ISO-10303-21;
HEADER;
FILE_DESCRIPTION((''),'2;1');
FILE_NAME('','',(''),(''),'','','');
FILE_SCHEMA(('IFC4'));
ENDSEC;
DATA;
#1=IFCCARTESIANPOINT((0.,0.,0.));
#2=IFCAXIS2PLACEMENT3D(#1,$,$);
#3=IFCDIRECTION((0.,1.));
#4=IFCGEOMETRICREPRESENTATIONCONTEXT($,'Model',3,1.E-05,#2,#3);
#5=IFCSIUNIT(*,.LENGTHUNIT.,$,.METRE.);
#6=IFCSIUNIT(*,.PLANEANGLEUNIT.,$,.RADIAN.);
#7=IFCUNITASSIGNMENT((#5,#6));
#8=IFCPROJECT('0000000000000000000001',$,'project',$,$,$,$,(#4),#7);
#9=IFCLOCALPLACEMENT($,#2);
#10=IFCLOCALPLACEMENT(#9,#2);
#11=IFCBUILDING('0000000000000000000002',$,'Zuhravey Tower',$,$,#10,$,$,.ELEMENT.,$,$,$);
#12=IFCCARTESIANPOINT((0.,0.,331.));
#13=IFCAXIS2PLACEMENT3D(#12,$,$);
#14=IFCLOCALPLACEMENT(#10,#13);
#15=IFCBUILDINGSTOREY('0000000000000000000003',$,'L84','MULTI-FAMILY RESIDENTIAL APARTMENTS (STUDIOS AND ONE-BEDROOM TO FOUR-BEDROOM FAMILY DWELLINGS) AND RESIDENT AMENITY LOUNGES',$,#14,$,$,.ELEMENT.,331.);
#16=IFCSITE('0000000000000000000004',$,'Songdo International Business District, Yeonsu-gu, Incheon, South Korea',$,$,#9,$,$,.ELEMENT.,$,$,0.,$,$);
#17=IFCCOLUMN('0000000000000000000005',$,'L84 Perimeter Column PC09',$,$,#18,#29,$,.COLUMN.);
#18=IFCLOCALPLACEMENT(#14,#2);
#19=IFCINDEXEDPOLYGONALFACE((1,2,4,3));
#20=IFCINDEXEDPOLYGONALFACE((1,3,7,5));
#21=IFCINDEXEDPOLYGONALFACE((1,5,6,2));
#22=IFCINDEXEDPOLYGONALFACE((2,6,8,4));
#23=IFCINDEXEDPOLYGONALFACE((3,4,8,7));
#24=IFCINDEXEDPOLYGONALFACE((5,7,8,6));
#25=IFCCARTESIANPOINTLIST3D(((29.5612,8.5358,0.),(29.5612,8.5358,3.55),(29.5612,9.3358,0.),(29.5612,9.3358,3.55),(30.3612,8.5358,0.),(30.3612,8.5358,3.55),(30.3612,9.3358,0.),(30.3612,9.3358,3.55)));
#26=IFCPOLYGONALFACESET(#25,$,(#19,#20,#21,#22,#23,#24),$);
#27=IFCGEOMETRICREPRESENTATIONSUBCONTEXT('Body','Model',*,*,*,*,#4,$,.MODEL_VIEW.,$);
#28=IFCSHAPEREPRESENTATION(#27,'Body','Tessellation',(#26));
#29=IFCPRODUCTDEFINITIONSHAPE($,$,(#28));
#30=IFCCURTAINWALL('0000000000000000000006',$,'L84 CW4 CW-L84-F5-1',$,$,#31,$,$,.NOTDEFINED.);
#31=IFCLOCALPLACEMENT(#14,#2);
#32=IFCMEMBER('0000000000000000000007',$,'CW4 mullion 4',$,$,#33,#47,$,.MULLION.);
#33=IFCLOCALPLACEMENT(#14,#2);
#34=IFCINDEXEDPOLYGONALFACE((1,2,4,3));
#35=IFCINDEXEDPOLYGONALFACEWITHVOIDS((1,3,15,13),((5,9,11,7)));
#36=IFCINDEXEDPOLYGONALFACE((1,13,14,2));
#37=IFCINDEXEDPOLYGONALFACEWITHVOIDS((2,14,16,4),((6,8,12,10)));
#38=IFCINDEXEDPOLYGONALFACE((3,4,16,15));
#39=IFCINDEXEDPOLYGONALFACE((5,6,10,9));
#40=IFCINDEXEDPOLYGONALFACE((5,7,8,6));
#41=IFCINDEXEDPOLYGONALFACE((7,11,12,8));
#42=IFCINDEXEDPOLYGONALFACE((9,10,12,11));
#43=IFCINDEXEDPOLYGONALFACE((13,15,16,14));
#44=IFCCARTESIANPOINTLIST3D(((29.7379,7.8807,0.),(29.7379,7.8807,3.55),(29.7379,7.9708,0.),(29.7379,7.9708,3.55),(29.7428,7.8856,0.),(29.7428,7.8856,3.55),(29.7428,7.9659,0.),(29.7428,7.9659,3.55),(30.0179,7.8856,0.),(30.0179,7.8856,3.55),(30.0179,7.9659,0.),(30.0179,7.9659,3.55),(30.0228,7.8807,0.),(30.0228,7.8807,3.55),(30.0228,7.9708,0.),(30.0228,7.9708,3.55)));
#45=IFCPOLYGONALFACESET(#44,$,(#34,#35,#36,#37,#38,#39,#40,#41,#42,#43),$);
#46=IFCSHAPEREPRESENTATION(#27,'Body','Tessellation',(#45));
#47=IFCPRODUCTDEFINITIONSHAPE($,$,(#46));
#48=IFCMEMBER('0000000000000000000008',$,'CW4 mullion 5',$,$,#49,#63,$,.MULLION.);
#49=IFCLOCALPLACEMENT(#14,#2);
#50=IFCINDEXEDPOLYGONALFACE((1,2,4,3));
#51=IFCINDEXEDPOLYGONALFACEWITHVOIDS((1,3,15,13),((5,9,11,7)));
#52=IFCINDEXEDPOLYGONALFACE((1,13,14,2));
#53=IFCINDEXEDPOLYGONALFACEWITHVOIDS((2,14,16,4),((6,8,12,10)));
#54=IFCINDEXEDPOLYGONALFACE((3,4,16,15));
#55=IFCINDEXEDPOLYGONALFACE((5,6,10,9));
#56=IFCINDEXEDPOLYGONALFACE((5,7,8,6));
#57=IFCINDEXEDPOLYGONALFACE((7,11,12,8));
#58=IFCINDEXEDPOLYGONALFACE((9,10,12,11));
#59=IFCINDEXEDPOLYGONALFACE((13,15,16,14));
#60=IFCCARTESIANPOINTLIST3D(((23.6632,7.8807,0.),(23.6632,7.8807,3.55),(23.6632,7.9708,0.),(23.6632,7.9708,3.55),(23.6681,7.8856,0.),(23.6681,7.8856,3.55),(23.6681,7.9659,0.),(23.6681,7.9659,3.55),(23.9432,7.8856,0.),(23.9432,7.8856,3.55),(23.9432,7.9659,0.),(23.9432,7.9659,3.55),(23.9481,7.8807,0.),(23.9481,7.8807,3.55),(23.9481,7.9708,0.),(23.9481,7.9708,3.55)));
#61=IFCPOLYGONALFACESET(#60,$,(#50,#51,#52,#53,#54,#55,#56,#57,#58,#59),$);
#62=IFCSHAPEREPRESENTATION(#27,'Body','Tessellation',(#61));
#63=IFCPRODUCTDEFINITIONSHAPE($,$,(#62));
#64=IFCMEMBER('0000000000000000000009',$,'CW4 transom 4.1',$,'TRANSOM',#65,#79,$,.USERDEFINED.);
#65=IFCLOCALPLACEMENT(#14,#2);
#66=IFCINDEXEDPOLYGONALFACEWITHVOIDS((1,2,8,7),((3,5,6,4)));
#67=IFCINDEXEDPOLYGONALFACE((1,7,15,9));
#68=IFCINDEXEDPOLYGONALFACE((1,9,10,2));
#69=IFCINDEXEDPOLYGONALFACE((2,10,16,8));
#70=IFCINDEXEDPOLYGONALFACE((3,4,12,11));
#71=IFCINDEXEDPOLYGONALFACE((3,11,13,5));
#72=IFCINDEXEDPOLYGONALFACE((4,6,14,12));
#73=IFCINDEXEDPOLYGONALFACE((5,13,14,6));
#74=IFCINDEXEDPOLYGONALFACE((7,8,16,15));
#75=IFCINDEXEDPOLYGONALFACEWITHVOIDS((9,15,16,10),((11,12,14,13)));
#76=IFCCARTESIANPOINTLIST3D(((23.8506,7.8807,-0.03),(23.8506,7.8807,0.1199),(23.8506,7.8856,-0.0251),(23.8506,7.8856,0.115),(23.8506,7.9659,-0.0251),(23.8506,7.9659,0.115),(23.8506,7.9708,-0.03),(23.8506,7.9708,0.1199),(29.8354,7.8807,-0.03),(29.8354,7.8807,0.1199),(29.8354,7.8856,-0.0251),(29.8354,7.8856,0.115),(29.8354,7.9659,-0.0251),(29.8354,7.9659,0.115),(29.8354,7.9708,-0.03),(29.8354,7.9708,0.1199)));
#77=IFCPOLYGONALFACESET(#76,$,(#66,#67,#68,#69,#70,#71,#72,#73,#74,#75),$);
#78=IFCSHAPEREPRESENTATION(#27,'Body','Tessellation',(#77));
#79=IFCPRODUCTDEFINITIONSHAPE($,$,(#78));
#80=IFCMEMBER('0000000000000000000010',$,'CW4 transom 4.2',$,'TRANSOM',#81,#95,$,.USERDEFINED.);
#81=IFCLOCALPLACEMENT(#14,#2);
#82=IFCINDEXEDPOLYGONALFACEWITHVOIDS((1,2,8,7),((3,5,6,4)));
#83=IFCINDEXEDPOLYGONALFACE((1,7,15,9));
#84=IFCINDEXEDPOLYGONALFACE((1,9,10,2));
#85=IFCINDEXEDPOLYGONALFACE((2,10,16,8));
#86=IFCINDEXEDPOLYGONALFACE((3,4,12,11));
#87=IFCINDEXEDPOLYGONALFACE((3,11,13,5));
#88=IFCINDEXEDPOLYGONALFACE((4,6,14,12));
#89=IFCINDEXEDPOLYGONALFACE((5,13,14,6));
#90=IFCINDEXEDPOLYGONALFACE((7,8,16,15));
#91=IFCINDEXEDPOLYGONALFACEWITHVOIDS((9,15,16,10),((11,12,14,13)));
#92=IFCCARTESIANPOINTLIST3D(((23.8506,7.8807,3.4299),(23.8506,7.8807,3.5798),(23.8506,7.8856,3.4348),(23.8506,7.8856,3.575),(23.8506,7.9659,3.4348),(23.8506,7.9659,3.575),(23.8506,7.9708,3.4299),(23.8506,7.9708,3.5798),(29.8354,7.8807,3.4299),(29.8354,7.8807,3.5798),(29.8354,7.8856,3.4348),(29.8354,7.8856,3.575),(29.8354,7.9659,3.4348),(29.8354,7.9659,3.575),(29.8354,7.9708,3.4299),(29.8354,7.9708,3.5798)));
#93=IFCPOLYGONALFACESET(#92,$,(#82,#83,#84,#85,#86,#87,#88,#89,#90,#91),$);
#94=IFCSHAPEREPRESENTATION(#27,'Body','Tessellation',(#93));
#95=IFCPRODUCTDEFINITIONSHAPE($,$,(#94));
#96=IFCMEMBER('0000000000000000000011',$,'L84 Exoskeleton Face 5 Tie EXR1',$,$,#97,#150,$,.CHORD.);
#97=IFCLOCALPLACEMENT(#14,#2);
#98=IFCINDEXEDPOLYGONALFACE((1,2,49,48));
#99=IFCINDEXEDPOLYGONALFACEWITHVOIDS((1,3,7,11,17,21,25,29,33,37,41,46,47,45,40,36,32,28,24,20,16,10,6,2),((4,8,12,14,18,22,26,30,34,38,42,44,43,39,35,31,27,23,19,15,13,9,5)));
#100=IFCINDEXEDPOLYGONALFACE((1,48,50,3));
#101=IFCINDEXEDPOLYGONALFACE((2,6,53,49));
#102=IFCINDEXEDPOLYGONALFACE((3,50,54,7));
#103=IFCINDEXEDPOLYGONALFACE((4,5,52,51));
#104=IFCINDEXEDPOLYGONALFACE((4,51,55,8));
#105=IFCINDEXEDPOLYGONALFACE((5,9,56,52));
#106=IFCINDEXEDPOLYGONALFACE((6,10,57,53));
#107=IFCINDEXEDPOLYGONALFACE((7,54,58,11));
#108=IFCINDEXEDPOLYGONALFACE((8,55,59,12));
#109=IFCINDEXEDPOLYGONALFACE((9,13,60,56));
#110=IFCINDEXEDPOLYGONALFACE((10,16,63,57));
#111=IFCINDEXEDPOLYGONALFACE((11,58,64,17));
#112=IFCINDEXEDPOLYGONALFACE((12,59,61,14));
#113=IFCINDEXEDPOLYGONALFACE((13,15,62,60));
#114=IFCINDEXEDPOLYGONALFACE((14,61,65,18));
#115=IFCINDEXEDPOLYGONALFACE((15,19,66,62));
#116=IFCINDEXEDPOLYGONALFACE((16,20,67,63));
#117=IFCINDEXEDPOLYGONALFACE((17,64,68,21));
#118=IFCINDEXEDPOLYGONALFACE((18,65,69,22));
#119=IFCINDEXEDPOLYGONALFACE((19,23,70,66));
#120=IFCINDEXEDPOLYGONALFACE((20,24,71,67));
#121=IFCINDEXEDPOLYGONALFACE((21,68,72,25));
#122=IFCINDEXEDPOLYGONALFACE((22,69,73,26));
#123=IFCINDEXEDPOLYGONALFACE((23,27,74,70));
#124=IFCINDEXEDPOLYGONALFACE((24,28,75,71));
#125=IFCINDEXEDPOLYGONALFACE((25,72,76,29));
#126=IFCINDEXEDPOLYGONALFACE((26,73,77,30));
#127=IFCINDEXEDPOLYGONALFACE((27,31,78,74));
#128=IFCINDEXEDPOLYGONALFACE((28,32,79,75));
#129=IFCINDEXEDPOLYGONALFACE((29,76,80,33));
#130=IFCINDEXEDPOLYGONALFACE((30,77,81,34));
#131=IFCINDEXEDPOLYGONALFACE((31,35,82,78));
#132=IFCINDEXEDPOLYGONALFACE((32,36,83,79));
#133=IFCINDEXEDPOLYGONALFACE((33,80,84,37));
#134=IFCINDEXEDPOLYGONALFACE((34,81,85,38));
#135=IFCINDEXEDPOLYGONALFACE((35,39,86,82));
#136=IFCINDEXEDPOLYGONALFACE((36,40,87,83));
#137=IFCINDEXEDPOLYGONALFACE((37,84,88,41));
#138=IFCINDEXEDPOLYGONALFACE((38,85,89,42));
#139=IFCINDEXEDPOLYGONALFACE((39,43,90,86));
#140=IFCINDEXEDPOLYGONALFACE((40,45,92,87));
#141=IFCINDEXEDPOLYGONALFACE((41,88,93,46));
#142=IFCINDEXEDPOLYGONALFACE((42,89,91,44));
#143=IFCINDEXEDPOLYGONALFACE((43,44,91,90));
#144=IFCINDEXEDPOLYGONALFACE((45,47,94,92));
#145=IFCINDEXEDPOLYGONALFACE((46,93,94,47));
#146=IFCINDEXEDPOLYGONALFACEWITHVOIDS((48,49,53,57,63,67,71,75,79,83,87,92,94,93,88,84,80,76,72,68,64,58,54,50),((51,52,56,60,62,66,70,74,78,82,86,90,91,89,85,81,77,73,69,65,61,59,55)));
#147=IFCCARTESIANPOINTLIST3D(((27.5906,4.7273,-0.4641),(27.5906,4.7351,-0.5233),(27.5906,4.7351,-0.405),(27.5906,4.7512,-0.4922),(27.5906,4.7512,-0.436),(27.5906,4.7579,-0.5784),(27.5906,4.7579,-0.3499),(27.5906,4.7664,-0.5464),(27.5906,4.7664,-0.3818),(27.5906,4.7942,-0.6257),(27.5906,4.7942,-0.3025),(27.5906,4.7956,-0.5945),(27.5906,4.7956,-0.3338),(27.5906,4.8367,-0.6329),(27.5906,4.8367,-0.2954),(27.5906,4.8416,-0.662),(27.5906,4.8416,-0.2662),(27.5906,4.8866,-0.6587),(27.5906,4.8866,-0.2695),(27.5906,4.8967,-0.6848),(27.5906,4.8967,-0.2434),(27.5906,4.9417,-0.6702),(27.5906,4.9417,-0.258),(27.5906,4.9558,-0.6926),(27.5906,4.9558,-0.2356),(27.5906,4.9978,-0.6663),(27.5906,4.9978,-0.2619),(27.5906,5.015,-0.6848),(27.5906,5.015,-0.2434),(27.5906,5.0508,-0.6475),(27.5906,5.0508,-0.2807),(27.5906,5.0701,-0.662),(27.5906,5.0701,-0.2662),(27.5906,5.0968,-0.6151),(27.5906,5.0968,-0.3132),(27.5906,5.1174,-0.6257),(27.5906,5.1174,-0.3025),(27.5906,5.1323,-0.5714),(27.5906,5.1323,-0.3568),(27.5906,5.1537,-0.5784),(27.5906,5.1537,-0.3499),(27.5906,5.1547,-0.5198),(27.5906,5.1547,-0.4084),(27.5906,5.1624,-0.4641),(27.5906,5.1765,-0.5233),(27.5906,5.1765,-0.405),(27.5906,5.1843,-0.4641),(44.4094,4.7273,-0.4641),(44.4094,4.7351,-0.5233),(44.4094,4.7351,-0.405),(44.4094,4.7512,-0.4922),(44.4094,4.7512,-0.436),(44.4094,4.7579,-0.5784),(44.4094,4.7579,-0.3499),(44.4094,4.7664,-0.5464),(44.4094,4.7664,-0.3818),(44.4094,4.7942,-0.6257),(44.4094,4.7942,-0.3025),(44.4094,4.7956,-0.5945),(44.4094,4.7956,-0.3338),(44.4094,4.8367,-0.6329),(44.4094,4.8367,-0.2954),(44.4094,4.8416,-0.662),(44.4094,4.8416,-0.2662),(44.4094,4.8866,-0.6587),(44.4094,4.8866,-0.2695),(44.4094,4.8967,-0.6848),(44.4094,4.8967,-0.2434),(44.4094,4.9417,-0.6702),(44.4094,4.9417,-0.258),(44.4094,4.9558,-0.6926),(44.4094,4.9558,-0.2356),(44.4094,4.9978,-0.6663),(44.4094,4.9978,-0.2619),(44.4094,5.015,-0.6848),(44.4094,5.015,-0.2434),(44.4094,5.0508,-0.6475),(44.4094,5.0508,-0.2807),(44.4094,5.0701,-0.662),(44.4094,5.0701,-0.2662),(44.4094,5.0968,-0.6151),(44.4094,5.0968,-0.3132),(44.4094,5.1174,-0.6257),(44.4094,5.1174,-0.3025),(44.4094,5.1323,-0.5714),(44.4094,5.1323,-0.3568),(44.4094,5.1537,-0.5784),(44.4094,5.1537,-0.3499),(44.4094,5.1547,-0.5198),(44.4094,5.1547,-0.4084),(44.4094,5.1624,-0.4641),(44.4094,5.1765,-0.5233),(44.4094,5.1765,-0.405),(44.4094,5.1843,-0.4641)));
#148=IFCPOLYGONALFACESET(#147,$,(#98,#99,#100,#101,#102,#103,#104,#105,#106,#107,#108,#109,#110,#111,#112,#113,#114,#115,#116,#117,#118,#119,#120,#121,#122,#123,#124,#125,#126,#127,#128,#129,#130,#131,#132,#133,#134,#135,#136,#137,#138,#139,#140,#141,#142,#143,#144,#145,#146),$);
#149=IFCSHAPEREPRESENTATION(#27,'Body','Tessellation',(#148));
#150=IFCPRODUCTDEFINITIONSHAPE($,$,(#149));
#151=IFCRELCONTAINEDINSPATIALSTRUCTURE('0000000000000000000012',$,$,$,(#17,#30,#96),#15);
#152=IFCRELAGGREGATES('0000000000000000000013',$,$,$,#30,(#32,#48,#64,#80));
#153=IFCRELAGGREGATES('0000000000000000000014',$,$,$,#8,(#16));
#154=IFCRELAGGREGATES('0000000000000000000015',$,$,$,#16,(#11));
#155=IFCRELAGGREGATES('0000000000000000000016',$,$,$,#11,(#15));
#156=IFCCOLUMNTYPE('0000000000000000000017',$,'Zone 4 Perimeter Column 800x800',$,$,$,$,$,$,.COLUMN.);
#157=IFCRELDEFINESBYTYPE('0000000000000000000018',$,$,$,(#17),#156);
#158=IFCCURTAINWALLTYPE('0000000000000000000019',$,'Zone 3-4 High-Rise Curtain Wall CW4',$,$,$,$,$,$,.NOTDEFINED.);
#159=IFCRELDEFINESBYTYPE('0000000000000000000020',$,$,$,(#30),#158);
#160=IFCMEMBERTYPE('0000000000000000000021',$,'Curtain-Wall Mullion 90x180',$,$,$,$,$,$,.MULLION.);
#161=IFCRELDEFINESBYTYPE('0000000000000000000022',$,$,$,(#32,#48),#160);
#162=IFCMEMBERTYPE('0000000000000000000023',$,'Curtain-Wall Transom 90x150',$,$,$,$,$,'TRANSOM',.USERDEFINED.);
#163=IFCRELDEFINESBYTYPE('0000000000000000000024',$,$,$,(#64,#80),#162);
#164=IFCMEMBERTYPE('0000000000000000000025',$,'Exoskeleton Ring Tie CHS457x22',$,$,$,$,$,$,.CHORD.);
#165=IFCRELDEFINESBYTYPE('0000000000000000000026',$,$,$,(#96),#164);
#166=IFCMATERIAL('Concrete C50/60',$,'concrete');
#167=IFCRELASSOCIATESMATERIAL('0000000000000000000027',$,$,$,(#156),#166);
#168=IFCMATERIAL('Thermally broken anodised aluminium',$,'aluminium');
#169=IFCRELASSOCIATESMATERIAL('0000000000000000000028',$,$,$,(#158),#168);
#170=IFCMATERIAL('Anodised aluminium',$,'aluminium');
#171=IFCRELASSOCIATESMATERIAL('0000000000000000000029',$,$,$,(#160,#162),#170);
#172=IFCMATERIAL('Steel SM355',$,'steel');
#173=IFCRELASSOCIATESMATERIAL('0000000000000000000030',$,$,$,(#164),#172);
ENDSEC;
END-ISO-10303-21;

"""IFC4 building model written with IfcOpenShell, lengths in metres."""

from ifc_helpers import new_model, si_unit, direction, frame, origin, origin_2d, place, context, subcontext, project, spatial, rectangle, hollow_rectangle, hollow_circle, extrude, material, material_profile, profile_set, type_object, element, aggregate, save


model = new_model("IFC4")

# Units and contexts
model_context = context("Model", 3, precision=1e-05, world=origin(), true_north=direction((0.0, 1.0)))
body_context = subcontext(model_context, "Body", "Model", "MODEL_VIEW")
ifc_project = project(units=[si_unit("LENGTHUNIT", "METRE"), si_unit("PLANEANGLEUNIT", "RADIAN")], contexts=[model_context])

# Site, building, storey
site_placement = place(None, origin())
site = spatial("IfcSite", under=ifc_project, at=site_placement, Name="Songdo International Business District, Yeonsu-gu, Incheon, South Korea", CompositionType="ELEMENT", RefElevation=0.0)
building_placement = place(site_placement, origin())
building = spatial("IfcBuilding", under=site, at=building_placement, Name="Zuhravey Tower", CompositionType="ELEMENT")
storey_placement = place(building_placement, frame((0.0, 0.0, 331.0)))
storey = spatial("IfcBuildingStorey", under=building, at=storey_placement, Name="L84", Description="MULTI-FAMILY RESIDENTIAL APARTMENTS (STUDIOS AND ONE-BEDROOM TO FOUR-BEDROOM FAMILY DWELLINGS) AND RESIDENT AMENITY LOUNGES", CompositionType="ELEMENT", Elevation=331.0)

# Column
ifc_material_1 = material(Name="Concrete C50/60", Category="concrete")
ifc_material_profile_1 = material_profile(ifc_material_1, rectangle(XDim=0.8, YDim=0.8, at=origin_2d()), Name="RC-800x800")
ifc_profile_set_1 = profile_set([ifc_material_profile_1], Name="Concrete C50/60")
column_type = type_object("IfcColumnType", Name="Zone 4 Perimeter Column 800x800", PredefinedType="COLUMN", material=ifc_profile_set_1)
column_placement = place(storey_placement, frame((29.9612, 8.9358, 0.0), z_axis=(0.0, 0.0, 1.0), x_axis=(1.0, 0.0, 0.0)))
element("IfcColumn", 1, at=column_placement, inside=storey, type_object=column_type, Name="L84 Perimeter Column PC09", PredefinedType="COLUMN", context=body_context, shape_type="SweptSolid", body=[
    extrude(rectangle(XDim=0.8, YDim=0.8, at=origin_2d()), origin(), (0.0, 0.0, 1.0), 3.55),
])

# Curtain wall, members
ifc_material_2 = material(Name="Thermally broken anodised aluminium", Category="aluminium")
curtain_wall_type = type_object("IfcCurtainWallType", Name="Zone 3-4 High-Rise Curtain Wall CW4", PredefinedType="NOTDEFINED", material=ifc_material_2)
curtain_wall_placement = place(storey_placement, origin())
curtain_wall = element("IfcCurtainWall", 2, at=curtain_wall_placement, inside=storey, type_object=curtain_wall_type, Name="L84 CW4 CW-L84-F5-1", PredefinedType="NOTDEFINED")
ifc_material_3 = material(Name="Anodised aluminium", Category="aluminium")
ifc_material_profile_2 = material_profile(ifc_material_3, hollow_rectangle(XDim=0.0901, YDim=0.2849, WallThickness=0.0049, at=origin_2d()), Name="ALU-RHS-90x285x5")
ifc_profile_set_2 = profile_set([ifc_material_profile_2], Name="Anodised aluminium")
member_type_1 = type_object("IfcMemberType", Name="Curtain-Wall Mullion 90x180", PredefinedType="MULLION", material=ifc_profile_set_2)
member_1_placement = place(storey_placement, frame((29.8804, 7.9258, 0.0), z_axis=(0.0, 0.0, 1.0), x_axis=(0.0, -1.0, 0.0)))
member_1 = element("IfcMember", 3, at=member_1_placement, type_object=member_type_1, Name="CW4 mullion 4", PredefinedType="MULLION", context=body_context, shape_type="SweptSolid", body=[
    extrude(hollow_rectangle(XDim=0.0901, YDim=0.2849, WallThickness=0.0049, at=origin_2d()), origin(), (0.0, 0.0, 1.0), 3.55),
])
member_2_placement = place(storey_placement, frame((23.8057, 7.9258, 0.0), z_axis=(0.0, 0.0, 1.0), x_axis=(0.0, -1.0, 0.0)))
member_2 = element("IfcMember", 4, at=member_2_placement, type_object=member_type_1, Name="CW4 mullion 5", PredefinedType="MULLION", context=body_context, shape_type="SweptSolid", body=[
    extrude(hollow_rectangle(XDim=0.0901, YDim=0.2849, WallThickness=0.0049, at=origin_2d()), origin(), (0.0, 0.0, 1.0), 3.55),
])
ifc_material_profile_3 = material_profile(ifc_material_3, hollow_rectangle(XDim=0.0901, YDim=0.1499, WallThickness=0.0049, at=origin_2d()), Name="ALU-RHS-90x150x5")
ifc_profile_set_3 = profile_set([ifc_material_profile_3], Name="Anodised aluminium")
member_type_2 = type_object("IfcMemberType", Name="Curtain-Wall Transom 90x150", ElementType="TRANSOM", PredefinedType="USERDEFINED", material=ifc_profile_set_3)
member_3_placement = place(storey_placement, frame((29.8354, 7.9258, 0.0449), z_axis=(-1.0, 0.0, 0.0), x_axis=(0.0, -1.0, 0.0)))
member_3 = element("IfcMember", 5, at=member_3_placement, type_object=member_type_2, Name="CW4 transom 4.1", ObjectType="TRANSOM", PredefinedType="USERDEFINED", context=body_context, shape_type="SweptSolid", body=[
    extrude(hollow_rectangle(XDim=0.0901, YDim=0.1499, WallThickness=0.0049, at=origin_2d()), origin(), (0.0, 0.0, 1.0), 5.9849),
])
member_4_placement = place(storey_placement, frame((29.8354, 7.9258, 3.5049), z_axis=(-1.0, 0.0, 0.0), x_axis=(0.0, -1.0, 0.0)))
member_4 = element("IfcMember", 6, at=member_4_placement, type_object=member_type_2, Name="CW4 transom 4.2", ObjectType="TRANSOM", PredefinedType="USERDEFINED", context=body_context, shape_type="SweptSolid", body=[
    extrude(hollow_rectangle(XDim=0.0901, YDim=0.1499, WallThickness=0.0049, at=origin_2d()), origin(), (0.0, 0.0, 1.0), 5.9849),
])

# Member
ifc_material_4 = material(Name="Steel SM355", Category="steel")
ifc_material_profile_4 = material_profile(ifc_material_4, hollow_circle(Radius=0.2285, WallThickness=0.022, at=origin_2d()), Name="CHS-457.2x22")
ifc_profile_set_4 = profile_set([ifc_material_profile_4], Name="Steel SM355")
member_type_3 = type_object("IfcMemberType", Name="Exoskeleton Ring Tie CHS457x22", PredefinedType="CHORD", material=ifc_profile_set_4)
member_5_placement = place(storey_placement, frame((27.5906, 4.9558, -0.4641), z_axis=(1.0, 0.0, 0.0), x_axis=(0.0, 1.0, 0.0)))
element("IfcMember", 7, at=member_5_placement, inside=storey, type_object=member_type_3, Name="L84 Exoskeleton Face 5 Tie EXR1", PredefinedType="CHORD", context=body_context, shape_type="SweptSolid", body=[
    extrude(hollow_circle(Radius=0.2285, WallThickness=0.022, at=origin_2d()), origin(), (0.0, 0.0, 1.0), 16.8188),
])

aggregate(curtain_wall, [member_1, member_2, member_3, member_4])

save(model, "model.ifc")
